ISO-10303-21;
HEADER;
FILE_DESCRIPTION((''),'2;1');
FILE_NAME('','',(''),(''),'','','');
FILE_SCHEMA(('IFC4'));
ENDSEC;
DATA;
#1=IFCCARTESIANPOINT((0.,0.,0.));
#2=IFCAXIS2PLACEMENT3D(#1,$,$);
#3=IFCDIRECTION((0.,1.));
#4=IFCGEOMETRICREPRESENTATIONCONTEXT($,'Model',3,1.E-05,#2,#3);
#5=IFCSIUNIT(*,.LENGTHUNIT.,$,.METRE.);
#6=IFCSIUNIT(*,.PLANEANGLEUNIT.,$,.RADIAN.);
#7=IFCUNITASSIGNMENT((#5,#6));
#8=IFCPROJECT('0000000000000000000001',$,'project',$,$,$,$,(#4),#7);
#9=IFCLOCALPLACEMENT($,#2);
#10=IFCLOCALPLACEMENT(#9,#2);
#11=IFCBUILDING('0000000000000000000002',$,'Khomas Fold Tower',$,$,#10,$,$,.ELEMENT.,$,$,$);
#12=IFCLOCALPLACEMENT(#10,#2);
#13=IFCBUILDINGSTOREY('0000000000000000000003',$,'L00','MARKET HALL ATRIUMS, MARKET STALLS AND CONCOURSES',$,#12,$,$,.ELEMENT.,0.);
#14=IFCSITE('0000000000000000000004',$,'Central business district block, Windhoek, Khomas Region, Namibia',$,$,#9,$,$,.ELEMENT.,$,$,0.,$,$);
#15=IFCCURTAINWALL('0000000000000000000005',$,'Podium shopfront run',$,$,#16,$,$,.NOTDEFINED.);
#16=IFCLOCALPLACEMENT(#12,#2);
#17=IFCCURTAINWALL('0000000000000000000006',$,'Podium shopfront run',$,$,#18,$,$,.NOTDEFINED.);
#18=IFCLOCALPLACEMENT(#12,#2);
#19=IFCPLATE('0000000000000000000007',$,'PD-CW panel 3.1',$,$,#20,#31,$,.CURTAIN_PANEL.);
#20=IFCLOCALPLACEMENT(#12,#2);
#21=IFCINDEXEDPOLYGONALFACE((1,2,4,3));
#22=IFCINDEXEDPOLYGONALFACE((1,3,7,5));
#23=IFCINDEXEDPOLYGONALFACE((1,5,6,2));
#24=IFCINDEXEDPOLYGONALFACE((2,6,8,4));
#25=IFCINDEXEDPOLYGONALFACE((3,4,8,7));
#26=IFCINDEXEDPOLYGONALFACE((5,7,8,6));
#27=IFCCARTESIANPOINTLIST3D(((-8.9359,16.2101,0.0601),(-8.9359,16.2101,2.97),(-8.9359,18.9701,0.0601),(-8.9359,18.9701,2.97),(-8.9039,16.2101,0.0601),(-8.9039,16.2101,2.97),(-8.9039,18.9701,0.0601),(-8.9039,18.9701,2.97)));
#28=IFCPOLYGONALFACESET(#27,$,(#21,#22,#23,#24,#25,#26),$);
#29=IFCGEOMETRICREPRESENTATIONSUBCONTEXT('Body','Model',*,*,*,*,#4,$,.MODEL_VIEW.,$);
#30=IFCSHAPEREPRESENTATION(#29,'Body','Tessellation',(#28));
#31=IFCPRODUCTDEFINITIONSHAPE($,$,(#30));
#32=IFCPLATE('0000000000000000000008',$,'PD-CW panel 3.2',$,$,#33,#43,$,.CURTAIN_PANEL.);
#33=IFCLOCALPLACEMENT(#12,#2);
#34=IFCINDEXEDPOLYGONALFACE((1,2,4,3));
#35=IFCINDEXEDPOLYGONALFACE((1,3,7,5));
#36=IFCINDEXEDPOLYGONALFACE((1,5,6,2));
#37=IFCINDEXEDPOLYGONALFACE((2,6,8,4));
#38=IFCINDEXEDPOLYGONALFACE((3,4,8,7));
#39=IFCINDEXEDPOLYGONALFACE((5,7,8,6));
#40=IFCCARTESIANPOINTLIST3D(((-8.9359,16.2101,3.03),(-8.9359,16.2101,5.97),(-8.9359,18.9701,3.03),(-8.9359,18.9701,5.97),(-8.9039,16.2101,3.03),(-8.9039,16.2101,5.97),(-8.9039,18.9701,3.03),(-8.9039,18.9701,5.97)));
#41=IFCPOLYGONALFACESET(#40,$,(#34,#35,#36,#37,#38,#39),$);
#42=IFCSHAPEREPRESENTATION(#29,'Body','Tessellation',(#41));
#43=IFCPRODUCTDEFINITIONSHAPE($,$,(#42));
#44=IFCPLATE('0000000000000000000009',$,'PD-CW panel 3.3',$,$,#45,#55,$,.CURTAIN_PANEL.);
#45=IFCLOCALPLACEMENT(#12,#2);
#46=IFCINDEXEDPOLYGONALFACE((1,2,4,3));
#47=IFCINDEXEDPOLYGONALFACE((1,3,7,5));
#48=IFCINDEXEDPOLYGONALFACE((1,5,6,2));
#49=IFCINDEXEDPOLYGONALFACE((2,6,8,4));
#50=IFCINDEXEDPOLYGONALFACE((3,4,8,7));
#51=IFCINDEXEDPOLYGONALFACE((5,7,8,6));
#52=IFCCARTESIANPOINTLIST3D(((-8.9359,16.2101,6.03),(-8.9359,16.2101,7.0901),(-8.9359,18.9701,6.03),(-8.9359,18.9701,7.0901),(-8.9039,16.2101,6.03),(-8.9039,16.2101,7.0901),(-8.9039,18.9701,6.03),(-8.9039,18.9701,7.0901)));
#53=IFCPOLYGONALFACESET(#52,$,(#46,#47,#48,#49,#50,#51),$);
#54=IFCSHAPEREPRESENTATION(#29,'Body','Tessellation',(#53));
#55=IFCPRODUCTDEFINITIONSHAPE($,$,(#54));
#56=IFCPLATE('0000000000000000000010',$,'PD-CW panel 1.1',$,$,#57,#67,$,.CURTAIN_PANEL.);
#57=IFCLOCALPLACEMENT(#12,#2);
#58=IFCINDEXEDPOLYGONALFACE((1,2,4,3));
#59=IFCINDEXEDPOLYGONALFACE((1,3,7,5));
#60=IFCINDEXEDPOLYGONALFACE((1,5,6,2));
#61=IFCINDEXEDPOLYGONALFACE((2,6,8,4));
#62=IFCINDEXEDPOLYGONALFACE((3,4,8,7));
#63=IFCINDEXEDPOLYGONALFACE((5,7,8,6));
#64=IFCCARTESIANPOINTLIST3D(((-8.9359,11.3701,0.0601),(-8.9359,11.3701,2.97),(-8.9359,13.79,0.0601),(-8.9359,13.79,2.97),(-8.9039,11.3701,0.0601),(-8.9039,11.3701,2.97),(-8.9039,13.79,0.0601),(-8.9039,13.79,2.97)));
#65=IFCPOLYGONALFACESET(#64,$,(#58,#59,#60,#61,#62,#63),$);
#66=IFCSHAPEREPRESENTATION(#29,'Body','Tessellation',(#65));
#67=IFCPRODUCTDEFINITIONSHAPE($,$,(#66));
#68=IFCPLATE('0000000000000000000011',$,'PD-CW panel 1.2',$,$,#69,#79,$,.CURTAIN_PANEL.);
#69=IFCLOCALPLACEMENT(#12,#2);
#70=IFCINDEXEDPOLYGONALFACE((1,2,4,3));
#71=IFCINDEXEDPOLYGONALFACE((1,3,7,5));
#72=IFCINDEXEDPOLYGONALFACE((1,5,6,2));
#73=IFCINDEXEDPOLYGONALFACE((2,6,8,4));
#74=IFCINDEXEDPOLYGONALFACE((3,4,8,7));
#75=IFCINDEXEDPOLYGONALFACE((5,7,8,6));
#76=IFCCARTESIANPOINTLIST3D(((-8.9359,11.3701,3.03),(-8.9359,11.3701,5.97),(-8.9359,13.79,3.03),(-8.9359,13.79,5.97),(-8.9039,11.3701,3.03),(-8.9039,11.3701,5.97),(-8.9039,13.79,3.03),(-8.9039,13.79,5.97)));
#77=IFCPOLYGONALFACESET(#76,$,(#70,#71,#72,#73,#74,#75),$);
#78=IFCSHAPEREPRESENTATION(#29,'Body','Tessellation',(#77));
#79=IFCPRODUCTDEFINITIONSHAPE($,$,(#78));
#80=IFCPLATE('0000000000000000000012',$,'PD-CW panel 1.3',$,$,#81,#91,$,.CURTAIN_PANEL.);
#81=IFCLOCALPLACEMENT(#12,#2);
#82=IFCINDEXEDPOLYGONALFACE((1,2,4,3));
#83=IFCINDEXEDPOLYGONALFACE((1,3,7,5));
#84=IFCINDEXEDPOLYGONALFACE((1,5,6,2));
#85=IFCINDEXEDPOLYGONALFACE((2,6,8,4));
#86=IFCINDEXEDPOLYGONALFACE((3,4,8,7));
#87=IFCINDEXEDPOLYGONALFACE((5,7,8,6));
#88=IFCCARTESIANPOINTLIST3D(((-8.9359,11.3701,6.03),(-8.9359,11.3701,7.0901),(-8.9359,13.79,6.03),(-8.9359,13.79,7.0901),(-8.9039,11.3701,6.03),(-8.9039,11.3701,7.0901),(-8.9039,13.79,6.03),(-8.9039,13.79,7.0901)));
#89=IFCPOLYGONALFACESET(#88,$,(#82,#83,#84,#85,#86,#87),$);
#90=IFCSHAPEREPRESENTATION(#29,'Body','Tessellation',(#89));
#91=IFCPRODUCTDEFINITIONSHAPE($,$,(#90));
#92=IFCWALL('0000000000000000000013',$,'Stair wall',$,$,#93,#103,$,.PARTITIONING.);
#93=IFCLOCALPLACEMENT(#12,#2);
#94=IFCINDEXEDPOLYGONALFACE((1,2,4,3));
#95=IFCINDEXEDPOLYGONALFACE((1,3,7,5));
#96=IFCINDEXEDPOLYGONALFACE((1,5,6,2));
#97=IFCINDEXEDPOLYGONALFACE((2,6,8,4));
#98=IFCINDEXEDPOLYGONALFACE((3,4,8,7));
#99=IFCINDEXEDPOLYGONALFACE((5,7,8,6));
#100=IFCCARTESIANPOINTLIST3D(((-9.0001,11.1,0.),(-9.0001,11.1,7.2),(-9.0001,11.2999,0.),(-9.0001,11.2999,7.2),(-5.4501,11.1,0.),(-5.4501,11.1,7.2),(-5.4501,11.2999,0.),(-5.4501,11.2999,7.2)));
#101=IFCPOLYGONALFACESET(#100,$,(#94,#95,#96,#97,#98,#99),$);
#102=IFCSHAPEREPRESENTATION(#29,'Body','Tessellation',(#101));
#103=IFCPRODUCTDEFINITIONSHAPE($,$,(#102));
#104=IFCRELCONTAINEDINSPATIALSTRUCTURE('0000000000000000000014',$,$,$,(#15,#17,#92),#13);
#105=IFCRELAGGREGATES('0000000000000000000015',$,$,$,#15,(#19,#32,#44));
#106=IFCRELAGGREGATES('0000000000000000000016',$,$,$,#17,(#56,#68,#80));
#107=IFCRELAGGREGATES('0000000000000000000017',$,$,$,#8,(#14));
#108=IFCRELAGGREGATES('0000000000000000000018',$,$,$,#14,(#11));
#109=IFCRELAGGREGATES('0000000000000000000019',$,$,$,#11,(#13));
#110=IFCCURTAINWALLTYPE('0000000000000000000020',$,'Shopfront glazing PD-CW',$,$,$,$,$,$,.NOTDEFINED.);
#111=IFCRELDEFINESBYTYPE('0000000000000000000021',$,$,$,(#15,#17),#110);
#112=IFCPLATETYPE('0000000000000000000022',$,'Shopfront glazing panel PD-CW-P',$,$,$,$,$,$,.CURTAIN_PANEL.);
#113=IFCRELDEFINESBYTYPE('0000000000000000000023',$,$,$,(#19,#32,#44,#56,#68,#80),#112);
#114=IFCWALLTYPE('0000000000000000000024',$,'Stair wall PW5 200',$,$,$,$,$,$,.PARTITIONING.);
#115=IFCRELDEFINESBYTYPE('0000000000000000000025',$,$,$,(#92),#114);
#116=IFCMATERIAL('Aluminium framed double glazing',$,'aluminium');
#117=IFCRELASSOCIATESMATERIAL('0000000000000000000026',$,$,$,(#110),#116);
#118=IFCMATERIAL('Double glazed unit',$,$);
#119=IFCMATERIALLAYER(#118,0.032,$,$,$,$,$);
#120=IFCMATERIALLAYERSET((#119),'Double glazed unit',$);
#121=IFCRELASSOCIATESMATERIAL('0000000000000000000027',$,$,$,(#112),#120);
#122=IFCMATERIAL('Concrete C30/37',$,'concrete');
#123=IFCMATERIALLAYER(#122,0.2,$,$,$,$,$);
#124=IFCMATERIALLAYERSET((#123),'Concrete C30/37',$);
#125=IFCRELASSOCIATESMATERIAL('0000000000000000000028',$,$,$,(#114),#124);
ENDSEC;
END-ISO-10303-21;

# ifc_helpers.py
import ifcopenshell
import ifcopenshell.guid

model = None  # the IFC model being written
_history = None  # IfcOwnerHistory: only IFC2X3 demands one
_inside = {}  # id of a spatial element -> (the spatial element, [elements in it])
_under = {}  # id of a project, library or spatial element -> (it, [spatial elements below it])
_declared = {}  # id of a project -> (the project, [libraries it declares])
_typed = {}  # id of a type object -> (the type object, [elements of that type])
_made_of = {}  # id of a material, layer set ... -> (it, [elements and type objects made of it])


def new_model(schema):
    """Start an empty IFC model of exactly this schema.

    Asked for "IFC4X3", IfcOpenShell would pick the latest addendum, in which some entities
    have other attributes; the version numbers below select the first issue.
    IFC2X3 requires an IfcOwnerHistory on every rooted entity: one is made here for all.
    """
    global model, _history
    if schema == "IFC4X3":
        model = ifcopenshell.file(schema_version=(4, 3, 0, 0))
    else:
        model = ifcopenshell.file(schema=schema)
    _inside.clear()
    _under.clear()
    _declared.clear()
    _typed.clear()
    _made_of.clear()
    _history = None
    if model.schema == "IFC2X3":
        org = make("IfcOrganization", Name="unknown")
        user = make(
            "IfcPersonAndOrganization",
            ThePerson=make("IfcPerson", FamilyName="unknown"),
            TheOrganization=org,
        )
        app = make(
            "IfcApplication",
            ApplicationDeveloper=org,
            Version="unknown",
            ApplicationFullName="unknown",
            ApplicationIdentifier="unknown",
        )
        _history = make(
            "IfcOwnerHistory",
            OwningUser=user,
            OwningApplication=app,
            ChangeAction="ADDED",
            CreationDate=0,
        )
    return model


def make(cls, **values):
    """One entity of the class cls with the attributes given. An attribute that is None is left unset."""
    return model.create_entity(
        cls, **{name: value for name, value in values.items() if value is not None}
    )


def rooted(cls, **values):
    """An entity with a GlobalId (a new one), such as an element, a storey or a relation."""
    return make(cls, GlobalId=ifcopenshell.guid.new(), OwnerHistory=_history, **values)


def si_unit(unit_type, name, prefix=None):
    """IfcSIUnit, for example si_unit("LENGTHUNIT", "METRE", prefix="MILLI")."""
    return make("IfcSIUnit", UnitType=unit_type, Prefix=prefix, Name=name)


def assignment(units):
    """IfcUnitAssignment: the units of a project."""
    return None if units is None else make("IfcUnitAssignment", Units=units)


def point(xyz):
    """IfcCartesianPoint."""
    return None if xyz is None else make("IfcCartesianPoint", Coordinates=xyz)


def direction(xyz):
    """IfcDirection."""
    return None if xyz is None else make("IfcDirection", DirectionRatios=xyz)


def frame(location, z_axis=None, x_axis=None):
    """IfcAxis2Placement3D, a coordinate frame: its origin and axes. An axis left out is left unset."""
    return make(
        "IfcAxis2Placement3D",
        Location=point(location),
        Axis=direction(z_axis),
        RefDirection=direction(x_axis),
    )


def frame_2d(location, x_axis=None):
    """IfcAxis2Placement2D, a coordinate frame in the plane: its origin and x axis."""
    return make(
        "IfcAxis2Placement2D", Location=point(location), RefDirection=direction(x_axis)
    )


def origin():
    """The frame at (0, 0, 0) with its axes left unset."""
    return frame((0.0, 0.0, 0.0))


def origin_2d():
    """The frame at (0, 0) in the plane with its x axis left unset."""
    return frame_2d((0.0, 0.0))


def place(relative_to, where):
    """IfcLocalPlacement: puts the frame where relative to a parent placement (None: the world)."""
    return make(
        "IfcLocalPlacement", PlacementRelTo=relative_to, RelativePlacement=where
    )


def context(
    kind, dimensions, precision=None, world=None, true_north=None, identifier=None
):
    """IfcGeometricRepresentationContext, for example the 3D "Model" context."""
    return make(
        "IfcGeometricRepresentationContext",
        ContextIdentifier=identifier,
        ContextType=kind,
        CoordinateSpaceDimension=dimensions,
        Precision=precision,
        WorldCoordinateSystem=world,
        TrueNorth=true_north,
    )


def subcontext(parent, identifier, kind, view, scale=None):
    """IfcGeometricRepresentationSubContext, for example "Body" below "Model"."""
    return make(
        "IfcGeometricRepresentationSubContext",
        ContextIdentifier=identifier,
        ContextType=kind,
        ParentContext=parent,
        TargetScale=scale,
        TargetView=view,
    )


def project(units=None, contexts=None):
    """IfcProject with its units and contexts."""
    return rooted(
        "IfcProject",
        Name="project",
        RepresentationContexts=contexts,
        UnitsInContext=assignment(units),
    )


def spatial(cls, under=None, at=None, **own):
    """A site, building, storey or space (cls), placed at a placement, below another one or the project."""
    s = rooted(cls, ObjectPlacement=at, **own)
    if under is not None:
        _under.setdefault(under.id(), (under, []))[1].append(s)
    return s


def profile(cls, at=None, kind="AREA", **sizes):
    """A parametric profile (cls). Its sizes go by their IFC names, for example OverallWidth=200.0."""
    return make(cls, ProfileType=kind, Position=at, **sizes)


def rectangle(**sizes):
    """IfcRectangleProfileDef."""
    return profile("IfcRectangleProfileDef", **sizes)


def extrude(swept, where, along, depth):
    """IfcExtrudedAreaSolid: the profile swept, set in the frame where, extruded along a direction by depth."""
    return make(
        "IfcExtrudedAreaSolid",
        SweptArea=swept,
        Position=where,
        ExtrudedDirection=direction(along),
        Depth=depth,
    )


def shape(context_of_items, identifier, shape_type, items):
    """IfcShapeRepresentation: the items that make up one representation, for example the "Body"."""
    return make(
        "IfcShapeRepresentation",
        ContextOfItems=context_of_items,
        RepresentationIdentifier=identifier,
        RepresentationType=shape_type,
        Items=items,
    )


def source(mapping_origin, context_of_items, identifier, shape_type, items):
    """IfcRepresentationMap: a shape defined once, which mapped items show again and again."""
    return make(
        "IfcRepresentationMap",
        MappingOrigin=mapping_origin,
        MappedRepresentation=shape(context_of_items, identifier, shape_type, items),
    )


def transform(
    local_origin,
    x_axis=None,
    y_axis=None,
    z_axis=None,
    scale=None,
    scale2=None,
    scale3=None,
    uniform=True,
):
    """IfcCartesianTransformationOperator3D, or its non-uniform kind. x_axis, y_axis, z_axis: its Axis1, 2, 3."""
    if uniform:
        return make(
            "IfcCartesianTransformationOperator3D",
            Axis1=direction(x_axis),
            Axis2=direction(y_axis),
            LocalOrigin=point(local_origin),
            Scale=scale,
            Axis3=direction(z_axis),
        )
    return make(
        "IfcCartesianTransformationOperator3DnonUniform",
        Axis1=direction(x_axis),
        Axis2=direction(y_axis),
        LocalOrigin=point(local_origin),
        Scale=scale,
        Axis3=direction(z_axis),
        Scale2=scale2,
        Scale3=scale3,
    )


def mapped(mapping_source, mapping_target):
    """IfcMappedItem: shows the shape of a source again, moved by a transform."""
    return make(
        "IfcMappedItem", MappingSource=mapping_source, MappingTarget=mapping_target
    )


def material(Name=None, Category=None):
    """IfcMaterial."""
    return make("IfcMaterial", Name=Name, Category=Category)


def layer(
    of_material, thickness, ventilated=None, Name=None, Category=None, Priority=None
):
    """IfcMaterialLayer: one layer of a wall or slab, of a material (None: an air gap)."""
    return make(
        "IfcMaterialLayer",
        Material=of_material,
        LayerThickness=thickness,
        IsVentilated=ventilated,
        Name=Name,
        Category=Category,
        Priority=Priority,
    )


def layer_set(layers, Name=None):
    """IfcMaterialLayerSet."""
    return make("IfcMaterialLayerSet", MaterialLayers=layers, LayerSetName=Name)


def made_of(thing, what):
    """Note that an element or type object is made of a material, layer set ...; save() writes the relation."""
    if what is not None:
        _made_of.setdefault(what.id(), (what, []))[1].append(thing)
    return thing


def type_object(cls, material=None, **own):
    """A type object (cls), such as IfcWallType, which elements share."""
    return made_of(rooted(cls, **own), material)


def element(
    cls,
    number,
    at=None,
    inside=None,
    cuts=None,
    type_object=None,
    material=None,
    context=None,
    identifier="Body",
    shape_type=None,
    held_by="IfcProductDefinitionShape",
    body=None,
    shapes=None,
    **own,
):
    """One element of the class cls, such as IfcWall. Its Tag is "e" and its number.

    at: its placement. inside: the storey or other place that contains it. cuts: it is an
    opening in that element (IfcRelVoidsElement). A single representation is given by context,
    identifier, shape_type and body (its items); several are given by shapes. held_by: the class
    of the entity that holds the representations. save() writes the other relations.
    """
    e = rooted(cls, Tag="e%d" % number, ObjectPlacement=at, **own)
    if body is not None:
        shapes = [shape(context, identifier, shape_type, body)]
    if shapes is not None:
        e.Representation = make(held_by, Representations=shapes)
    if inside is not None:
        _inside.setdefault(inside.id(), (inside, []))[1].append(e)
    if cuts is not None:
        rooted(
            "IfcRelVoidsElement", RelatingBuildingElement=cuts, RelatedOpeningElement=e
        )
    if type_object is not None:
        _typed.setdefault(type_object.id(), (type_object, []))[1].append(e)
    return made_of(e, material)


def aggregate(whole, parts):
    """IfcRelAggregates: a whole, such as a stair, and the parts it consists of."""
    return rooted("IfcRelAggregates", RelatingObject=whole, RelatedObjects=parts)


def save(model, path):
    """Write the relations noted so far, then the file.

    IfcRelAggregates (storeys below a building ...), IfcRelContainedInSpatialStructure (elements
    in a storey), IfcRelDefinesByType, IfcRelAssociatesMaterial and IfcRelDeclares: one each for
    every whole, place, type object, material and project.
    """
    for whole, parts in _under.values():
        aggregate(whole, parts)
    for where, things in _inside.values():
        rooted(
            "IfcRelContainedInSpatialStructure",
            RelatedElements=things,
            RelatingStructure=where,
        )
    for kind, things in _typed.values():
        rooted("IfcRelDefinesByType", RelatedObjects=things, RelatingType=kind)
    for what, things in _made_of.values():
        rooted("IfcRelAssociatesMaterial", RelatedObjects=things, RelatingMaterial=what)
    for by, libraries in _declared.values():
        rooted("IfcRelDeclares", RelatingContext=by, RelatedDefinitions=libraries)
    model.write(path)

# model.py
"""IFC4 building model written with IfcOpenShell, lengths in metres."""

from ifc_helpers import new_model, si_unit, direction, frame, frame_2d, origin, origin_2d, place, context, subcontext, project, spatial, rectangle, extrude, source, transform, mapped, material, layer, layer_set, type_object, element, aggregate, save


model = new_model("IFC4")

# Units and contexts
model_context = context("Model", 3, precision=1e-05, world=origin(), true_north=direction((0.0, 1.0)))
body_context = subcontext(model_context, "Body", "Model", "MODEL_VIEW")
ifc_project = project(units=[si_unit("LENGTHUNIT", "METRE"), si_unit("PLANEANGLEUNIT", "RADIAN")], contexts=[model_context])

# Site, building, storey
site_placement = place(None, origin())
site = spatial("IfcSite", under=ifc_project, at=site_placement, Name="Central business district block, Windhoek, Khomas Region, Namibia", CompositionType="ELEMENT", RefElevation=0.0)
building_placement = place(site_placement, origin())
building = spatial("IfcBuilding", under=site, at=building_placement, Name="Khomas Fold Tower", CompositionType="ELEMENT")
storey_placement = place(building_placement, origin())
storey = spatial("IfcBuildingStorey", under=building, at=storey_placement, Name="L00", Description="MARKET HALL ATRIUMS, MARKET STALLS AND CONCOURSES", CompositionType="ELEMENT", Elevation=0.0)

# Curtain wall
ifc_material_1 = material(Name="Aluminium framed double glazing", Category="aluminium")
curtain_wall_type = type_object("IfcCurtainWallType", Name="Shopfront glazing PD-CW", PredefinedType="NOTDEFINED", material=ifc_material_1)
curtain_wall_1_placement = place(storey_placement, origin())
curtain_wall_1 = element("IfcCurtainWall", 1, at=curtain_wall_1_placement, inside=storey, type_object=curtain_wall_type, Name="Podium shopfront run", PredefinedType="NOTDEFINED")

# Curtain wall
curtain_wall_2_placement = place(storey_placement, origin())
curtain_wall_2 = element("IfcCurtainWall", 2, at=curtain_wall_2_placement, inside=storey, type_object=curtain_wall_type, Name="Podium shopfront run", PredefinedType="NOTDEFINED")

# Plates
ifc_material_2 = material(Name="Double glazed unit")
ifc_layer_1 = layer(ifc_material_2, 0.032)
ifc_layer_set_1 = layer_set([ifc_layer_1], Name="Double glazed unit")
plate_type = type_object("IfcPlateType", Name="Shopfront glazing panel PD-CW-P", PredefinedType="CURTAIN_PANEL", material=ifc_layer_set_1)
shared_shape_1 = source(origin(), body_context, "Body", "SweptSolid", [
    extrude(rectangle(XDim=2.76, YDim=0.032, at=origin_2d()), origin(), (0.0, 0.0, 1.0), 2.9099),
])
plate_1_placement = place(storey_placement, frame((-8.9199, 17.5901, 0.0601), z_axis=(0.0, 0.0, 1.0), x_axis=(0.0, -1.0, 0.0)))
plate_1 = element("IfcPlate", 3, at=plate_1_placement, type_object=plate_type, Name="PD-CW panel 3.1", PredefinedType="CURTAIN_PANEL", context=body_context, shape_type="MappedRepresentation", body=[
    mapped(shared_shape_1, transform((0.0, 0.0, 0.0))),
])
shared_shape_2 = source(origin(), body_context, "Body", "SweptSolid", [
    extrude(rectangle(XDim=2.76, YDim=0.032, at=origin_2d()), origin(), (0.0, 0.0, 1.0), 2.9399),
])
plate_2_placement = place(storey_placement, frame((-8.9199, 17.5901, 3.03), z_axis=(0.0, 0.0, 1.0), x_axis=(0.0, -1.0, 0.0)))
plate_2 = element("IfcPlate", 4, at=plate_2_placement, type_object=plate_type, Name="PD-CW panel 3.2", PredefinedType="CURTAIN_PANEL", context=body_context, shape_type="MappedRepresentation", body=[
    mapped(shared_shape_2, transform((0.0, 0.0, 0.0))),
])
shared_shape_3 = source(origin(), body_context, "Body", "SweptSolid", [
    extrude(rectangle(XDim=2.76, YDim=0.032, at=origin_2d()), origin(), (0.0, 0.0, 1.0), 1.0601),
])
plate_3_placement = place(storey_placement, frame((-8.9199, 17.5901, 6.03), z_axis=(0.0, 0.0, 1.0), x_axis=(0.0, -1.0, 0.0)))
plate_3 = element("IfcPlate", 5, at=plate_3_placement, type_object=plate_type, Name="PD-CW panel 3.3", PredefinedType="CURTAIN_PANEL", context=body_context, shape_type="MappedRepresentation", body=[
    mapped(shared_shape_3, transform((0.0, 0.0, 0.0))),
])
aggregate(curtain_wall_1, [plate_1, plate_2, plate_3])
shared_shape_4 = source(origin(), body_context, "Body", "SweptSolid", [
    extrude(rectangle(XDim=2.4199, YDim=0.032, at=origin_2d()), origin(), (0.0, 0.0, 1.0), 2.9099),
])
plate_4_placement = place(storey_placement, frame((-8.9199, 12.5801, 0.0601), z_axis=(0.0, 0.0, 1.0), x_axis=(0.0, -1.0, 0.0)))
plate_4 = element("IfcPlate", 6, at=plate_4_placement, type_object=plate_type, Name="PD-CW panel 1.1", PredefinedType="CURTAIN_PANEL", context=body_context, shape_type="MappedRepresentation", body=[
    mapped(shared_shape_4, transform((0.0, 0.0, 0.0))),
])
shared_shape_5 = source(origin(), body_context, "Body", "SweptSolid", [
    extrude(rectangle(XDim=2.4199, YDim=0.032, at=origin_2d()), origin(), (0.0, 0.0, 1.0), 2.9399),
])
plate_5_placement = place(storey_placement, frame((-8.9199, 12.5801, 3.03), z_axis=(0.0, 0.0, 1.0), x_axis=(0.0, -1.0, 0.0)))
plate_5 = element("IfcPlate", 7, at=plate_5_placement, type_object=plate_type, Name="PD-CW panel 1.2", PredefinedType="CURTAIN_PANEL", context=body_context, shape_type="MappedRepresentation", body=[
    mapped(shared_shape_5, transform((0.0, 0.0, 0.0))),
])
shared_shape_6 = source(origin(), body_context, "Body", "SweptSolid", [
    extrude(rectangle(XDim=2.4199, YDim=0.032, at=origin_2d()), origin(), (0.0, 0.0, 1.0), 1.0601),
])
plate_6_placement = place(storey_placement, frame((-8.9199, 12.5801, 6.03), z_axis=(0.0, 0.0, 1.0), x_axis=(0.0, -1.0, 0.0)))
plate_6 = element("IfcPlate", 8, at=plate_6_placement, type_object=plate_type, Name="PD-CW panel 1.3", PredefinedType="CURTAIN_PANEL", context=body_context, shape_type="MappedRepresentation", body=[
    mapped(shared_shape_6, transform((0.0, 0.0, 0.0))),
])
aggregate(curtain_wall_2, [plate_4, plate_5, plate_6])

# Wall
ifc_material_3 = material(Name="Concrete C30/37", Category="concrete")
ifc_layer_2 = layer(ifc_material_3, 0.2)
ifc_layer_set_2 = layer_set([ifc_layer_2], Name="Concrete C30/37")
wall_type = type_object("IfcWallType", Name="Stair wall PW5 200", PredefinedType="PARTITIONING", material=ifc_layer_set_2)
shared_shape_7 = source(origin(), body_context, "Body", "SweptSolid", [
    extrude(rectangle(XDim=3.55, YDim=0.2, at=frame_2d((1.7749, 0.0))), origin(), (0.0, 0.0, 1.0), 7.2),
])
wall_placement = place(storey_placement, frame((-9.0, 11.2, 0.0), z_axis=(0.0, 0.0, 1.0), x_axis=(1.0, 0.0, 0.0)))
element("IfcWall", 9, at=wall_placement, inside=storey, type_object=wall_type, Name="Stair wall", PredefinedType="PARTITIONING", context=body_context, shape_type="MappedRepresentation", body=[
    mapped(shared_shape_7, transform((0.0, 0.0, 0.0))),
])

save(model, "model.ifc")
